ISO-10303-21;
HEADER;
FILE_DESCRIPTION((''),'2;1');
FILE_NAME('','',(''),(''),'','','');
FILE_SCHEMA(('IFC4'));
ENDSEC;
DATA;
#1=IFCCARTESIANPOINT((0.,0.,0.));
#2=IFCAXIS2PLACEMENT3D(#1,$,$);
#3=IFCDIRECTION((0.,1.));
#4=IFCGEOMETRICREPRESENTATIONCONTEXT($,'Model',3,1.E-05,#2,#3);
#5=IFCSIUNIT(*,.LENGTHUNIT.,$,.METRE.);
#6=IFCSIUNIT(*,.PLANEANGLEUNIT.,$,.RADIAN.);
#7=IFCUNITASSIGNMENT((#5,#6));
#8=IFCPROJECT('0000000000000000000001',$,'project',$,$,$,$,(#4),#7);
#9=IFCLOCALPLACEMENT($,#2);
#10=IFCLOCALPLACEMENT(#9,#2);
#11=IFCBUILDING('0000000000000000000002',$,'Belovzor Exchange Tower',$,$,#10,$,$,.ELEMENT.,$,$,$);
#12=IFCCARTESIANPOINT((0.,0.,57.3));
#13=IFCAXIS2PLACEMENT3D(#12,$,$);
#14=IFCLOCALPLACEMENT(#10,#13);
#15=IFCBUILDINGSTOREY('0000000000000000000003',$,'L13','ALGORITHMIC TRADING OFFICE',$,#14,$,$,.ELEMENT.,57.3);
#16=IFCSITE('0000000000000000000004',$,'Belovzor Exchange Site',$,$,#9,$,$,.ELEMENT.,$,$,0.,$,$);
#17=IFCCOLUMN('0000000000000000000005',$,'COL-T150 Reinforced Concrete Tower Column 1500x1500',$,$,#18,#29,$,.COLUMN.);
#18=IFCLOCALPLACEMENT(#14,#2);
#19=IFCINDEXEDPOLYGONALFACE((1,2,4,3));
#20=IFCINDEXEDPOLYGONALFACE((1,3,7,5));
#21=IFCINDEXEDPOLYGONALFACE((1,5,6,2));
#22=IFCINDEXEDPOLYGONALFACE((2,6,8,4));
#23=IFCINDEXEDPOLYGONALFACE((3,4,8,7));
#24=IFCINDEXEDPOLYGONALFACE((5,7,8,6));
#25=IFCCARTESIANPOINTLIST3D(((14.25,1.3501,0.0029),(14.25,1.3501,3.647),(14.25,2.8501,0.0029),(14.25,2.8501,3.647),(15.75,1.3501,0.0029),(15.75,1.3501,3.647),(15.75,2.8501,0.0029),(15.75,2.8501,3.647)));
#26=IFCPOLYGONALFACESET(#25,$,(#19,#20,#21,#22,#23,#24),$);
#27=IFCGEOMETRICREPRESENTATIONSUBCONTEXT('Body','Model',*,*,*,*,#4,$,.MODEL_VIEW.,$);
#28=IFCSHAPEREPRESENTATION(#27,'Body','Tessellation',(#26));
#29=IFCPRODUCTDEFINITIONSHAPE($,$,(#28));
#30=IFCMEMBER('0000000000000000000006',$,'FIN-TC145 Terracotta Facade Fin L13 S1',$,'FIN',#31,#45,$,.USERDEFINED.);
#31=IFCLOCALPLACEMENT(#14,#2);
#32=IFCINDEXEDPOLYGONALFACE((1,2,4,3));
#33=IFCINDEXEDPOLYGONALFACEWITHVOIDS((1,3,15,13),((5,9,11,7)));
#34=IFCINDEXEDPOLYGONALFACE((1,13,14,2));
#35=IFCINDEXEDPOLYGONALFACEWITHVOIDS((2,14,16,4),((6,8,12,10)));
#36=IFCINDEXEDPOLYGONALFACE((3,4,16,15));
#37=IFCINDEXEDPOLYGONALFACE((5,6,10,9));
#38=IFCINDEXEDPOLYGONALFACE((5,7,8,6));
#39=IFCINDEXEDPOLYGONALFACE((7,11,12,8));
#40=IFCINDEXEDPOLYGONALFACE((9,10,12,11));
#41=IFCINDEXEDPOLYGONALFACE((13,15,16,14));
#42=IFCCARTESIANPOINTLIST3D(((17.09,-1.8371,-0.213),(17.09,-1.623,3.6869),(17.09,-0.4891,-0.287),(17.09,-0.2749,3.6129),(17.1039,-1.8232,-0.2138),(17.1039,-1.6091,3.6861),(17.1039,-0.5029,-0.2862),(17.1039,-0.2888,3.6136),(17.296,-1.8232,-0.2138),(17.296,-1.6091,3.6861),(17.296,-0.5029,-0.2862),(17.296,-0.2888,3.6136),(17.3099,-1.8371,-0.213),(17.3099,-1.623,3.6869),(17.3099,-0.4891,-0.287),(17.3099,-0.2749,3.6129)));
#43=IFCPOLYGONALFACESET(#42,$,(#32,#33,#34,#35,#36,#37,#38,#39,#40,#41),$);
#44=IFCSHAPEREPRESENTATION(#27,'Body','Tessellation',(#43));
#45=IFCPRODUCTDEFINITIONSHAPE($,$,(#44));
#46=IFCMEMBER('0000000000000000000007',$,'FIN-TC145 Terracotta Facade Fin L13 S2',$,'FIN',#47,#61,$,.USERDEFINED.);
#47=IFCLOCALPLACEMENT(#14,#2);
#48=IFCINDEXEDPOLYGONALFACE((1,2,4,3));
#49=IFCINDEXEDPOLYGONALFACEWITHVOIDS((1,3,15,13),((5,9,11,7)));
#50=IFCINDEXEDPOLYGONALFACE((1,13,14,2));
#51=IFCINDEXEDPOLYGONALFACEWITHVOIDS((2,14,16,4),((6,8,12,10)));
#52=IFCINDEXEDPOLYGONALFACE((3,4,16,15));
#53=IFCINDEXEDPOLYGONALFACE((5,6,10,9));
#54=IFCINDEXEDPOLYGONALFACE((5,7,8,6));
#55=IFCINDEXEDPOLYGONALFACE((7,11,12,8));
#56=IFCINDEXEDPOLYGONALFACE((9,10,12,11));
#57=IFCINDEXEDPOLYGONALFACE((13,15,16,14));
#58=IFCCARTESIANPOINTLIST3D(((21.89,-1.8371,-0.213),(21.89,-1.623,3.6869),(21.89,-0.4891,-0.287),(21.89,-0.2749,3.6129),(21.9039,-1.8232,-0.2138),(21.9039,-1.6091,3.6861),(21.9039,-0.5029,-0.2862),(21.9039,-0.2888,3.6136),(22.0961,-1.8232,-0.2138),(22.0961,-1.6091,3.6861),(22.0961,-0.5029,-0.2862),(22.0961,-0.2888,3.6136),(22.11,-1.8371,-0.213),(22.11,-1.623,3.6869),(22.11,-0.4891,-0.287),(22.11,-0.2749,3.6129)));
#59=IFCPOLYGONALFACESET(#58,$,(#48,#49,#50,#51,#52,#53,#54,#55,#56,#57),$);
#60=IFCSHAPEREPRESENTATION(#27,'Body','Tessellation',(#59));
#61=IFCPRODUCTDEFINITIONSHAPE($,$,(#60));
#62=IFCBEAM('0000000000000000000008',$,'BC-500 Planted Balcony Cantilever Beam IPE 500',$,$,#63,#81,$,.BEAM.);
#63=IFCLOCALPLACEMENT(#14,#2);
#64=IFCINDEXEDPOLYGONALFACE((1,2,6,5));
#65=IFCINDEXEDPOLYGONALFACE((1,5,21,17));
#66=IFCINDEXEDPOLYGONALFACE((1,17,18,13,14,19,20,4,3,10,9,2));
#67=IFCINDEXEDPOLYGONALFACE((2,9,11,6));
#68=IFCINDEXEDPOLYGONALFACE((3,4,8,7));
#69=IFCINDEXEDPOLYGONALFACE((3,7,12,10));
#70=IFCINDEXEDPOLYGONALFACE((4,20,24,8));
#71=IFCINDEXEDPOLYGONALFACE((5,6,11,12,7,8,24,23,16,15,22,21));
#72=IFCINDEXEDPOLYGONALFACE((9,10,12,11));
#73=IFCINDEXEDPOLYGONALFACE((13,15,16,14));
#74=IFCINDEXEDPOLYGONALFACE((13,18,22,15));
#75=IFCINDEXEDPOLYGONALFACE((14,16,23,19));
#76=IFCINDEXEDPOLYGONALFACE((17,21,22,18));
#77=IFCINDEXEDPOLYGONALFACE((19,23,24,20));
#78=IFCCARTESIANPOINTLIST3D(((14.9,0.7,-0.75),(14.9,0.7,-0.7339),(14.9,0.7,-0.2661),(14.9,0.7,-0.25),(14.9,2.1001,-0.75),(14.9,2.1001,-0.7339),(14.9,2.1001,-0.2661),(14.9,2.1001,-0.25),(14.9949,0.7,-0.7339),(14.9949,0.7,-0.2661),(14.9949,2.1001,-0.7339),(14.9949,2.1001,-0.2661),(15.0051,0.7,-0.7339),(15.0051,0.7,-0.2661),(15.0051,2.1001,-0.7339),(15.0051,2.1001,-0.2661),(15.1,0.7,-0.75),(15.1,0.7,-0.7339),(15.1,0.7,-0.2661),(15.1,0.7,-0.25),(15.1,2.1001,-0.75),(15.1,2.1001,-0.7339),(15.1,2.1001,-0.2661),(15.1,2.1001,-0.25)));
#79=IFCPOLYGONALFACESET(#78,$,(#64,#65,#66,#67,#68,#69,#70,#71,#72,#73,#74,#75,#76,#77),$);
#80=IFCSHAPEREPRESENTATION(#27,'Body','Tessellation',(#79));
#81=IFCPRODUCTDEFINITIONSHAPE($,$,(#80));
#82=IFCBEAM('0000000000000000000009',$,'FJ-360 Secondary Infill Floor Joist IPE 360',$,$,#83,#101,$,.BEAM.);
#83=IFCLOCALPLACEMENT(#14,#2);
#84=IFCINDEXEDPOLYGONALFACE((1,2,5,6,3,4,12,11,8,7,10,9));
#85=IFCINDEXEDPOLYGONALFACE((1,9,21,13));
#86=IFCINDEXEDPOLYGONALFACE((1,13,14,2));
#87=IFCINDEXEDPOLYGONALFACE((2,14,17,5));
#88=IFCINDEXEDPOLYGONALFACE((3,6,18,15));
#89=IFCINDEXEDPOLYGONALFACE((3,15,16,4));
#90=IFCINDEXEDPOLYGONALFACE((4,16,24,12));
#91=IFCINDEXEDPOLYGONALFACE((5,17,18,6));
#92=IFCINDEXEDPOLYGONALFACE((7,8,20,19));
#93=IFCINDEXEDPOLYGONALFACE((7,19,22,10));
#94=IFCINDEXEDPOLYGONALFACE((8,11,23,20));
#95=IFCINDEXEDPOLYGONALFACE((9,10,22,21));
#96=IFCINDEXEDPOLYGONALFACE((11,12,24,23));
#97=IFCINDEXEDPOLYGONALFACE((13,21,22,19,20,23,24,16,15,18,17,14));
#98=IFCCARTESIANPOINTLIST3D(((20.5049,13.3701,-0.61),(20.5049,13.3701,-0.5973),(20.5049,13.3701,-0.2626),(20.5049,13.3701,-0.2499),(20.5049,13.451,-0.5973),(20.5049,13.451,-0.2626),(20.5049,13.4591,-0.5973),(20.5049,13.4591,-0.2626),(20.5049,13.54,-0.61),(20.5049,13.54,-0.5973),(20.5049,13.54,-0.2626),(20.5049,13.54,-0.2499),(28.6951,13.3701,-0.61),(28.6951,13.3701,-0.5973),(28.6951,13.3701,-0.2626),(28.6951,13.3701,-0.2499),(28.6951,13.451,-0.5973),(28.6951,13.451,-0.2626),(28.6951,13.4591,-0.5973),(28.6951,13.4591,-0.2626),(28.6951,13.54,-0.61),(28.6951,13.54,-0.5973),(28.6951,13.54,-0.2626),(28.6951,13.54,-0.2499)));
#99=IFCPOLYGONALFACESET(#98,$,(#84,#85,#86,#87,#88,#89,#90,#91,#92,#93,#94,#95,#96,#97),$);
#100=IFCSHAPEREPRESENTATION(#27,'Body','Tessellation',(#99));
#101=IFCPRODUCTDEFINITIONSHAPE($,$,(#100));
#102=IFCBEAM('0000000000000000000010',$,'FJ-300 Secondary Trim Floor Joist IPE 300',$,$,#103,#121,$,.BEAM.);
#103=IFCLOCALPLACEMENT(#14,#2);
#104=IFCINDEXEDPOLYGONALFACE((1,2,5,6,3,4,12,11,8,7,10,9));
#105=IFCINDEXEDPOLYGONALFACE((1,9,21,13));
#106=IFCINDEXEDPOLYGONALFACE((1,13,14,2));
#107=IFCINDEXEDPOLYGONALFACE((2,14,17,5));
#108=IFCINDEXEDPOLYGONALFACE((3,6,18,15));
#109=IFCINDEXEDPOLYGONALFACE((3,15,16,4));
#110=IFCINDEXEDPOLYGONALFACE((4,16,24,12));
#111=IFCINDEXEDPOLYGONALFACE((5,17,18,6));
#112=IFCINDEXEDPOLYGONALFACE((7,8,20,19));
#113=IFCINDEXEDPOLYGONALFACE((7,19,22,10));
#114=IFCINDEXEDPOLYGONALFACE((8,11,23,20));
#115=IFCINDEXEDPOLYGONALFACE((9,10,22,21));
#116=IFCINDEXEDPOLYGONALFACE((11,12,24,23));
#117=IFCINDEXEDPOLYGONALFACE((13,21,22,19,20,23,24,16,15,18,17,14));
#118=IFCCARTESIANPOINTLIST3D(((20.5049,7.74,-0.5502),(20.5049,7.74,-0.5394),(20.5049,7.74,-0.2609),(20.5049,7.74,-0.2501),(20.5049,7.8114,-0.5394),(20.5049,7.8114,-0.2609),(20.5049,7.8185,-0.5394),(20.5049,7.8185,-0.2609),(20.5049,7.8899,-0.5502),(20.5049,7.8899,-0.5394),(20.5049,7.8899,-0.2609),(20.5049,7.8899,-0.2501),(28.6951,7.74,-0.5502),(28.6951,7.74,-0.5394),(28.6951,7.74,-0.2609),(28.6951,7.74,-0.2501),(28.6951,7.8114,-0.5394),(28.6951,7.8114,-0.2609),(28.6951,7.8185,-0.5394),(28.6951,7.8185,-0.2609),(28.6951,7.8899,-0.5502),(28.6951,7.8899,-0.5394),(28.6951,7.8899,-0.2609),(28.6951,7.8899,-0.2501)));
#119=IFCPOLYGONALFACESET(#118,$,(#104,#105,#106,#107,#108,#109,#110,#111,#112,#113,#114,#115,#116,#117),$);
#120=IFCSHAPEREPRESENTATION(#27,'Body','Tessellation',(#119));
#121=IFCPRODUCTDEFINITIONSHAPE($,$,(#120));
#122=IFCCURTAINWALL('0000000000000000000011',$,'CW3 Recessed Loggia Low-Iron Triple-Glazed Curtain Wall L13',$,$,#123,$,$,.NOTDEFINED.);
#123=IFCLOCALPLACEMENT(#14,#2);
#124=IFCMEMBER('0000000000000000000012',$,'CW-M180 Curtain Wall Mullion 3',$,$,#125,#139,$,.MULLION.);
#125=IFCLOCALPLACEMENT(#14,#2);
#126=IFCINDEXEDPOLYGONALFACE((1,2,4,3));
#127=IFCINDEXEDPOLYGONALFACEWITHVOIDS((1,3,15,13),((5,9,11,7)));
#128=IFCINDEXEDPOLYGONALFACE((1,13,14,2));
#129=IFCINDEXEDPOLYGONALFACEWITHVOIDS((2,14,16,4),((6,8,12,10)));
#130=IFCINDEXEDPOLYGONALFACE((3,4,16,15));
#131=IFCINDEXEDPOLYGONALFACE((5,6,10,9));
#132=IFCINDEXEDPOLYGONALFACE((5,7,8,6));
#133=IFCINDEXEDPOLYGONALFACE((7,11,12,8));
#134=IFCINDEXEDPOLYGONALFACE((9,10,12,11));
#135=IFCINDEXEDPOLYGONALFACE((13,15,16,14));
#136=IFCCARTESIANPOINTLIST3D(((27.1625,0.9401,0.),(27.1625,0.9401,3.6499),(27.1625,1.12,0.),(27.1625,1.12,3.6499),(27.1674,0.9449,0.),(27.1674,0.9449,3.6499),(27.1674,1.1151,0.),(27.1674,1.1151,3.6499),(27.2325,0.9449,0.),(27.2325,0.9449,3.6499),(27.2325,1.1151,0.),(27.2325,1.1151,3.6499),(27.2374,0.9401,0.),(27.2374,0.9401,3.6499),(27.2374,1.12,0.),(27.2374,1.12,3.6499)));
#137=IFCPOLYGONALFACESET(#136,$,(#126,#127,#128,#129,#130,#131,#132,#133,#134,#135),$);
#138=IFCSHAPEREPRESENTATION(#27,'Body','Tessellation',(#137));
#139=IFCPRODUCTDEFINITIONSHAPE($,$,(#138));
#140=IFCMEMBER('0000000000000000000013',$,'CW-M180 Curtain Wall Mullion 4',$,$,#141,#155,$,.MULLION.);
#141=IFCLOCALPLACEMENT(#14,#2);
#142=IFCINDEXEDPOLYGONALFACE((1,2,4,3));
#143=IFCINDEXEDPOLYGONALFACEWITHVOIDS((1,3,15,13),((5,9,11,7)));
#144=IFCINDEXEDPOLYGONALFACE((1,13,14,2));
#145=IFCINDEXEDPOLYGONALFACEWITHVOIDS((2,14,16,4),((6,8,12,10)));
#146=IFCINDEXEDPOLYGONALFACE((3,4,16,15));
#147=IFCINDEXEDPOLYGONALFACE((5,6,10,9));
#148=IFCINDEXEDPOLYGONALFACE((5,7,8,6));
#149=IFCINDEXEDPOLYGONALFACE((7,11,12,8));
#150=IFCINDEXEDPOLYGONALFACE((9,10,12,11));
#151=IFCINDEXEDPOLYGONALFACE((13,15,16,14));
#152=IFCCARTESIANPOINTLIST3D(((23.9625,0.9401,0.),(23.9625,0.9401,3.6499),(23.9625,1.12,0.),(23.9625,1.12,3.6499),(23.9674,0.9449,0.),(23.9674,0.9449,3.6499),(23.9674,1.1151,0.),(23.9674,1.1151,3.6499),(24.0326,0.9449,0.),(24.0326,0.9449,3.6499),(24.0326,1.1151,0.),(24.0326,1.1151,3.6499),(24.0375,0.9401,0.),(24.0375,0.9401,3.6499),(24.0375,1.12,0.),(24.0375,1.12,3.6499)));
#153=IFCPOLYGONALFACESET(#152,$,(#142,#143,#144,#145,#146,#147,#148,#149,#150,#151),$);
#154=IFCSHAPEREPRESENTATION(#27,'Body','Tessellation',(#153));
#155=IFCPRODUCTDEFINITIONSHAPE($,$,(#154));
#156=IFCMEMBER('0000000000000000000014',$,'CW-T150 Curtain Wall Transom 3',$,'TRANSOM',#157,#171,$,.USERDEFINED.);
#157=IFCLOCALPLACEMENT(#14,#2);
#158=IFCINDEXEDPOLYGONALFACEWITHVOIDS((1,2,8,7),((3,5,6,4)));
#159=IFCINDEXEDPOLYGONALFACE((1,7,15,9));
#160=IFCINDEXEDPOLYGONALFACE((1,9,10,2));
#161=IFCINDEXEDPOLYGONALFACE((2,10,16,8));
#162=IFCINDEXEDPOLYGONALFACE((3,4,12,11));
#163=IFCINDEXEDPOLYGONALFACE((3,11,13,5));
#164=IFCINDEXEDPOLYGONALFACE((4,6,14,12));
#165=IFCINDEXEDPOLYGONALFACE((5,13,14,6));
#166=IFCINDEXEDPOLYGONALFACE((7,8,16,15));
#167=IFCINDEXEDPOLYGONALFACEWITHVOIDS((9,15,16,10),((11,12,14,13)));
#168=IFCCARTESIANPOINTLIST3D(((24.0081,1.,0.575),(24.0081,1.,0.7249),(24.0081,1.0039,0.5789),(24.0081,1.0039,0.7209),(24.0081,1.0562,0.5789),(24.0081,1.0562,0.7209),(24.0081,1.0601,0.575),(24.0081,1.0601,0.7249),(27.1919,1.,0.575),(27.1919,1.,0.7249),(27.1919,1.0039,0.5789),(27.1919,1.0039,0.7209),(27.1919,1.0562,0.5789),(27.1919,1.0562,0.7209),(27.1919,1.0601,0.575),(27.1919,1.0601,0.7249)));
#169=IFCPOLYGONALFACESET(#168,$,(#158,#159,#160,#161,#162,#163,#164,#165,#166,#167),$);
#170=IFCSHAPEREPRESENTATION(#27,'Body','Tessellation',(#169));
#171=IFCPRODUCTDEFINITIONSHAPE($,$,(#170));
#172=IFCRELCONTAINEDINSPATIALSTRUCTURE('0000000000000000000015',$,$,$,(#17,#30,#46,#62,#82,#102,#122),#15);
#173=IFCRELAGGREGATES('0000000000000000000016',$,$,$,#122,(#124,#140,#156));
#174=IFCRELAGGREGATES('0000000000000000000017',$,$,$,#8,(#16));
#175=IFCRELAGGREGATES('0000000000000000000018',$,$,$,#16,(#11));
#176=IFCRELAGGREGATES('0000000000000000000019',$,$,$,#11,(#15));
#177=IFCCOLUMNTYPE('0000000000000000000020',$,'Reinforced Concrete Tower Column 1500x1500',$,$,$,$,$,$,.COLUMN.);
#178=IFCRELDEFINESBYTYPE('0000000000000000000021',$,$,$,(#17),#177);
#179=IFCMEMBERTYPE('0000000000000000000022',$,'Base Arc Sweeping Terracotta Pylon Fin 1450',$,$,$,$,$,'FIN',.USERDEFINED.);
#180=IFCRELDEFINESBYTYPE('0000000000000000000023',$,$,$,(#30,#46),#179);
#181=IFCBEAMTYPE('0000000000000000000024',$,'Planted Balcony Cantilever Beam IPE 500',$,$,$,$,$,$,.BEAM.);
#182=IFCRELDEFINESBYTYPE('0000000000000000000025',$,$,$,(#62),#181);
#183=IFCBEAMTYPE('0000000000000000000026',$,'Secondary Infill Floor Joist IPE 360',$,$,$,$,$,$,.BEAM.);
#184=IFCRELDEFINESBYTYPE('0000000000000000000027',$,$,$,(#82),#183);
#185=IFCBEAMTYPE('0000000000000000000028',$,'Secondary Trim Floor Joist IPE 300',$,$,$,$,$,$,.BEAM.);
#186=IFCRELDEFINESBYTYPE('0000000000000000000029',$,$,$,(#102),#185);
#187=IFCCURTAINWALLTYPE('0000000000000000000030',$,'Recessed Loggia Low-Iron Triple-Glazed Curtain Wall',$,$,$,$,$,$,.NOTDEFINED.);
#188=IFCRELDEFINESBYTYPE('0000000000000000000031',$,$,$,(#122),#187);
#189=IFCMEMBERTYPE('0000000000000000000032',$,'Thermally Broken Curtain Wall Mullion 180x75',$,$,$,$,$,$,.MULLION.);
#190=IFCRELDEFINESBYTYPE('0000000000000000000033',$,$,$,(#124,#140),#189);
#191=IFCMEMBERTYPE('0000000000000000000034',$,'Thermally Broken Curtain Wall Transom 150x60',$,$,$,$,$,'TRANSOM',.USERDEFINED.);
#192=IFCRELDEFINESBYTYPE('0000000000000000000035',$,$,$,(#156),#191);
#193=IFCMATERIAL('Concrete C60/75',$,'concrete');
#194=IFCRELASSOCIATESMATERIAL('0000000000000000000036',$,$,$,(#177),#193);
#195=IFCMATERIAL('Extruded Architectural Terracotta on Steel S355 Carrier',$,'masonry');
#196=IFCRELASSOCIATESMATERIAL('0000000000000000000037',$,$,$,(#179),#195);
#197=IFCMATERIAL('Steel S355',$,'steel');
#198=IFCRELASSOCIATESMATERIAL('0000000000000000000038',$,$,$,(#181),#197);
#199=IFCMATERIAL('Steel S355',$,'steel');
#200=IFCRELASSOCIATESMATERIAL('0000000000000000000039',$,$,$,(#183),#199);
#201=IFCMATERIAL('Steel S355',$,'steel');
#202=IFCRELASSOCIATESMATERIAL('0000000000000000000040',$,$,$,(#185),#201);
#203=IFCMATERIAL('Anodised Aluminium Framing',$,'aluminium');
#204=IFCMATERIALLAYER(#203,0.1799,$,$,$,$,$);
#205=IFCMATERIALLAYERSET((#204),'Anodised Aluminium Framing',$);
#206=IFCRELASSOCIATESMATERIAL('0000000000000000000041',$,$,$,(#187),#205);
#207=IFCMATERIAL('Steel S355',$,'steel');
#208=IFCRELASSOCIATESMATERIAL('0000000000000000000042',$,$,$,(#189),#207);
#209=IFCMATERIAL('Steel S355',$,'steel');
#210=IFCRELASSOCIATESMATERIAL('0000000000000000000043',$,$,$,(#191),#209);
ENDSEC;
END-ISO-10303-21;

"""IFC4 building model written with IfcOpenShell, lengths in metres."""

from ifc_helpers import new_model, si_unit, direction, frame, origin, origin_2d, place, context, subcontext, project, spatial, rectangle, hollow_rectangle, i_section, extrude, material, layer, layer_set, material_profile, profile_set, type_object, element, aggregate, save


model = new_model("IFC4")

# Units and contexts
model_context = context("Model", 3, precision=1e-05, world=origin(), true_north=direction((0.0, 1.0)))
body_context = subcontext(model_context, "Body", "Model", "MODEL_VIEW")
ifc_project = project(units=[si_unit("LENGTHUNIT", "METRE"), si_unit("PLANEANGLEUNIT", "RADIAN")], contexts=[model_context])

# Site, building, storey
site_placement = place(None, origin())
site = spatial("IfcSite", under=ifc_project, at=site_placement, Name="Belovzor Exchange Site", CompositionType="ELEMENT", RefElevation=0.0)
building_placement = place(site_placement, origin())
building = spatial("IfcBuilding", under=site, at=building_placement, Name="Belovzor Exchange Tower", CompositionType="ELEMENT")
storey_placement = place(building_placement, frame((0.0, 0.0, 57.3)))
storey = spatial("IfcBuildingStorey", under=building, at=storey_placement, Name="L13", Description="ALGORITHMIC TRADING OFFICE", CompositionType="ELEMENT", Elevation=57.3)

# Column
ifc_material_1 = material(Name="Concrete C60/75", Category="concrete")
ifc_material_profile_1 = material_profile(ifc_material_1, rectangle(XDim=1.5, YDim=1.5, at=origin_2d()))
ifc_profile_set_1 = profile_set([ifc_material_profile_1], Name="Concrete C60/75")
column_type = type_object("IfcColumnType", Name="Reinforced Concrete Tower Column 1500x1500", PredefinedType="COLUMN", material=ifc_profile_set_1)
column_placement = place(storey_placement, frame((15.0, 2.1001, 0.0029), z_axis=(0.0, 0.0, 1.0), x_axis=(1.0, 0.0, 0.0)))
element("IfcColumn", 1, at=column_placement, inside=storey, type_object=column_type, Name="COL-T150 Reinforced Concrete Tower Column 1500x1500", PredefinedType="COLUMN", context=body_context, shape_type="SweptSolid", body=[
    extrude(rectangle(XDim=1.5, YDim=1.5, at=origin_2d()), origin(), (0.0, 0.0, 1.0), 3.644),
])

# Members
ifc_material_2 = material(Name="Extruded Architectural Terracotta on Steel S355 Carrier", Category="masonry")
ifc_material_profile_2 = material_profile(ifc_material_2, hollow_rectangle(XDim=0.22, YDim=1.3501, WallThickness=0.0139, at=origin_2d()))
ifc_profile_set_2 = profile_set([ifc_material_profile_2], Name="Extruded Architectural Terracotta on Steel S355 Carrier")
member_type_1 = type_object("IfcMemberType", Name="Base Arc Sweeping Terracotta Pylon Fin 1450", ElementType="FIN", PredefinedType="USERDEFINED", material=ifc_profile_set_2)
for number, where, z_axis, x_axis, name in (
    (2, (17.2, -1.1631, -0.25), (0.0, 0.054819, 0.998496), (-1.0, 0.0, 0.0), "FIN-TC145 Terracotta Facade Fin L13 S1"),
    (3, (22.0, -1.1631, -0.25), (0.0, 0.054819, 0.998496), (-1.0, 0.0, 0.0), "FIN-TC145 Terracotta Facade Fin L13 S2"),
):
    element("IfcMember", number, at=place(storey_placement, frame(where, z_axis=z_axis, x_axis=x_axis)), inside=storey, type_object=member_type_1, Name=name, ObjectType="FIN", PredefinedType="USERDEFINED", context=body_context, shape_type="SweptSolid", body=[
        extrude(hollow_rectangle(XDim=0.22, YDim=1.3501, WallThickness=0.0139, at=origin_2d()), origin(), (0.0, 0.0, 1.0), 3.9058),
    ])

# Beams
ifc_material_3 = material(Name="Steel S355", Category="steel")
ifc_material_profile_3 = material_profile(ifc_material_3, i_section(OverallWidth=0.2, OverallDepth=0.5, WebThickness=0.0103, FlangeThickness=0.0161, at=origin_2d()))
ifc_profile_set_3 = profile_set([ifc_material_profile_3], Name="Steel S355")
beam_type_1 = type_object("IfcBeamType", Name="Planted Balcony Cantilever Beam IPE 500", PredefinedType="BEAM", material=ifc_profile_set_3)
beam_1_placement = place(storey_placement, frame((15.0, 2.1001, -0.5), z_axis=(0.0, -1.0, 0.0), x_axis=(1.0, 0.0, 0.0)))
element("IfcBeam", 4, at=beam_1_placement, inside=storey, type_object=beam_type_1, Name="BC-500 Planted Balcony Cantilever Beam IPE 500", PredefinedType="BEAM", context=body_context, shape_type="SweptSolid", body=[
    extrude(i_section(OverallWidth=0.2, OverallDepth=0.5, WebThickness=0.0103, FlangeThickness=0.0161, at=origin_2d()), origin(), (0.0, 0.0, 1.0), 1.4001),
])
ifc_material_4 = material(Name="Steel S355", Category="steel")
ifc_material_profile_4 = material_profile(ifc_material_4, i_section(OverallWidth=0.1699, OverallDepth=0.3601, WebThickness=0.0081, FlangeThickness=0.0127, at=origin_2d()))
ifc_profile_set_4 = profile_set([ifc_material_profile_4], Name="Steel S355")
beam_type_2 = type_object("IfcBeamType", Name="Secondary Infill Floor Joist IPE 360", PredefinedType="BEAM", material=ifc_profile_set_4)
beam_2_placement = place(storey_placement, frame((20.5049, 13.4551, -0.4299), z_axis=(1.0, 0.0, 0.0), x_axis=(0.0, 1.0, 0.0)))
element("IfcBeam", 5, at=beam_2_placement, inside=storey, type_object=beam_type_2, Name="FJ-360 Secondary Infill Floor Joist IPE 360", PredefinedType="BEAM", context=body_context, shape_type="SweptSolid", body=[
    extrude(i_section(OverallWidth=0.1699, OverallDepth=0.3601, WebThickness=0.0081, FlangeThickness=0.0127, at=origin_2d()), origin(), (0.0, 0.0, 1.0), 8.1902),
])
ifc_material_5 = material(Name="Steel S355", Category="steel")
ifc_material_profile_5 = material_profile(ifc_material_5, i_section(OverallWidth=0.1499, OverallDepth=0.3, WebThickness=0.0071, FlangeThickness=0.0107, at=origin_2d()))
ifc_profile_set_5 = profile_set([ifc_material_profile_5], Name="Steel S355")
beam_type_3 = type_object("IfcBeamType", Name="Secondary Trim Floor Joist IPE 300", PredefinedType="BEAM", material=ifc_profile_set_5)
beam_3_placement = place(storey_placement, frame((20.5049, 7.8149, -0.4001), z_axis=(1.0, 0.0, 0.0), x_axis=(0.0, 1.0, 0.0)))
element("IfcBeam", 6, at=beam_3_placement, inside=storey, type_object=beam_type_3, Name="FJ-300 Secondary Trim Floor Joist IPE 300", PredefinedType="BEAM", context=body_context, shape_type="SweptSolid", body=[
    extrude(i_section(OverallWidth=0.1499, OverallDepth=0.3, WebThickness=0.0071, FlangeThickness=0.0107, at=origin_2d()), origin(), (0.0, 0.0, 1.0), 8.1902),
])

# Curtain wall, members
ifc_material_6 = material(Name="Anodised Aluminium Framing", Category="aluminium")
ifc_layer_1 = layer(ifc_material_6, 0.1799)
ifc_layer_set_1 = layer_set([ifc_layer_1], Name="Anodised Aluminium Framing")
curtain_wall_type = type_object("IfcCurtainWallType", Name="Recessed Loggia Low-Iron Triple-Glazed Curtain Wall", PredefinedType="NOTDEFINED", material=ifc_layer_set_1)
curtain_wall_placement = place(storey_placement, origin())
curtain_wall = element("IfcCurtainWall", 7, at=curtain_wall_placement, inside=storey, type_object=curtain_wall_type, Name="CW3 Recessed Loggia Low-Iron Triple-Glazed Curtain Wall L13", PredefinedType="NOTDEFINED")
ifc_material_7 = material(Name="Steel S355", Category="steel")
ifc_material_profile_6 = material_profile(ifc_material_7, hollow_rectangle(XDim=0.075, YDim=0.1799, WallThickness=0.0049, at=origin_2d()))
ifc_profile_set_6 = profile_set([ifc_material_profile_6], Name="Steel S355")
member_type_2 = type_object("IfcMemberType", Name="Thermally Broken Curtain Wall Mullion 180x75", PredefinedType="MULLION", material=ifc_profile_set_6)
member_1_placement = place(storey_placement, frame((27.2, 1.03, 0.0), z_axis=(0.0, 0.0, 1.0), x_axis=(-1.0, 0.0, 0.0)))
member_1 = element("IfcMember", 8, at=member_1_placement, type_object=member_type_2, Name="CW-M180 Curtain Wall Mullion 3", PredefinedType="MULLION", context=body_context, shape_type="SweptSolid", body=[
    extrude(hollow_rectangle(XDim=0.075, YDim=0.1799, WallThickness=0.0049, at=origin_2d()), origin(), (0.0, 0.0, 1.0), 3.6499),
])
member_2_placement = place(storey_placement, frame((24.0, 1.03, 0.0), z_axis=(0.0, 0.0, 1.0), x_axis=(-1.0, 0.0, 0.0)))
member_2 = element("IfcMember", 9, at=member_2_placement, type_object=member_type_2, Name="CW-M180 Curtain Wall Mullion 4", PredefinedType="MULLION", context=body_context, shape_type="SweptSolid", body=[
    extrude(hollow_rectangle(XDim=0.075, YDim=0.1799, WallThickness=0.0049, at=origin_2d()), origin(), (0.0, 0.0, 1.0), 3.6499),
])
ifc_material_8 = material(Name="Steel S355", Category="steel")
ifc_material_profile_7 = material_profile(ifc_material_8, hollow_rectangle(XDim=0.0601, YDim=0.1499, WallThickness=0.0039, at=origin_2d()))
ifc_profile_set_7 = profile_set([ifc_material_profile_7], Name="Steel S355")
member_type_3 = type_object("IfcMemberType", Name="Thermally Broken Curtain Wall Transom 150x60", ElementType="TRANSOM", PredefinedType="USERDEFINED", material=ifc_profile_set_7)
member_3_placement = place(storey_placement, frame((27.1919, 1.03, 0.6499), z_axis=(-1.0, 0.0, 0.0), x_axis=(0.0, -1.0, 0.0)))
member_3 = element("IfcMember", 10, at=member_3_placement, type_object=member_type_3, Name="CW-T150 Curtain Wall Transom 3", ObjectType="TRANSOM", PredefinedType="USERDEFINED", context=body_context, shape_type="SweptSolid", body=[
    extrude(hollow_rectangle(XDim=0.0601, YDim=0.1499, WallThickness=0.0039, at=origin_2d()), origin(), (0.0, 0.0, 1.0), 3.1838),
])

aggregate(curtain_wall, [member_1, member_2, member_3])

save(model, "model.ifc")
